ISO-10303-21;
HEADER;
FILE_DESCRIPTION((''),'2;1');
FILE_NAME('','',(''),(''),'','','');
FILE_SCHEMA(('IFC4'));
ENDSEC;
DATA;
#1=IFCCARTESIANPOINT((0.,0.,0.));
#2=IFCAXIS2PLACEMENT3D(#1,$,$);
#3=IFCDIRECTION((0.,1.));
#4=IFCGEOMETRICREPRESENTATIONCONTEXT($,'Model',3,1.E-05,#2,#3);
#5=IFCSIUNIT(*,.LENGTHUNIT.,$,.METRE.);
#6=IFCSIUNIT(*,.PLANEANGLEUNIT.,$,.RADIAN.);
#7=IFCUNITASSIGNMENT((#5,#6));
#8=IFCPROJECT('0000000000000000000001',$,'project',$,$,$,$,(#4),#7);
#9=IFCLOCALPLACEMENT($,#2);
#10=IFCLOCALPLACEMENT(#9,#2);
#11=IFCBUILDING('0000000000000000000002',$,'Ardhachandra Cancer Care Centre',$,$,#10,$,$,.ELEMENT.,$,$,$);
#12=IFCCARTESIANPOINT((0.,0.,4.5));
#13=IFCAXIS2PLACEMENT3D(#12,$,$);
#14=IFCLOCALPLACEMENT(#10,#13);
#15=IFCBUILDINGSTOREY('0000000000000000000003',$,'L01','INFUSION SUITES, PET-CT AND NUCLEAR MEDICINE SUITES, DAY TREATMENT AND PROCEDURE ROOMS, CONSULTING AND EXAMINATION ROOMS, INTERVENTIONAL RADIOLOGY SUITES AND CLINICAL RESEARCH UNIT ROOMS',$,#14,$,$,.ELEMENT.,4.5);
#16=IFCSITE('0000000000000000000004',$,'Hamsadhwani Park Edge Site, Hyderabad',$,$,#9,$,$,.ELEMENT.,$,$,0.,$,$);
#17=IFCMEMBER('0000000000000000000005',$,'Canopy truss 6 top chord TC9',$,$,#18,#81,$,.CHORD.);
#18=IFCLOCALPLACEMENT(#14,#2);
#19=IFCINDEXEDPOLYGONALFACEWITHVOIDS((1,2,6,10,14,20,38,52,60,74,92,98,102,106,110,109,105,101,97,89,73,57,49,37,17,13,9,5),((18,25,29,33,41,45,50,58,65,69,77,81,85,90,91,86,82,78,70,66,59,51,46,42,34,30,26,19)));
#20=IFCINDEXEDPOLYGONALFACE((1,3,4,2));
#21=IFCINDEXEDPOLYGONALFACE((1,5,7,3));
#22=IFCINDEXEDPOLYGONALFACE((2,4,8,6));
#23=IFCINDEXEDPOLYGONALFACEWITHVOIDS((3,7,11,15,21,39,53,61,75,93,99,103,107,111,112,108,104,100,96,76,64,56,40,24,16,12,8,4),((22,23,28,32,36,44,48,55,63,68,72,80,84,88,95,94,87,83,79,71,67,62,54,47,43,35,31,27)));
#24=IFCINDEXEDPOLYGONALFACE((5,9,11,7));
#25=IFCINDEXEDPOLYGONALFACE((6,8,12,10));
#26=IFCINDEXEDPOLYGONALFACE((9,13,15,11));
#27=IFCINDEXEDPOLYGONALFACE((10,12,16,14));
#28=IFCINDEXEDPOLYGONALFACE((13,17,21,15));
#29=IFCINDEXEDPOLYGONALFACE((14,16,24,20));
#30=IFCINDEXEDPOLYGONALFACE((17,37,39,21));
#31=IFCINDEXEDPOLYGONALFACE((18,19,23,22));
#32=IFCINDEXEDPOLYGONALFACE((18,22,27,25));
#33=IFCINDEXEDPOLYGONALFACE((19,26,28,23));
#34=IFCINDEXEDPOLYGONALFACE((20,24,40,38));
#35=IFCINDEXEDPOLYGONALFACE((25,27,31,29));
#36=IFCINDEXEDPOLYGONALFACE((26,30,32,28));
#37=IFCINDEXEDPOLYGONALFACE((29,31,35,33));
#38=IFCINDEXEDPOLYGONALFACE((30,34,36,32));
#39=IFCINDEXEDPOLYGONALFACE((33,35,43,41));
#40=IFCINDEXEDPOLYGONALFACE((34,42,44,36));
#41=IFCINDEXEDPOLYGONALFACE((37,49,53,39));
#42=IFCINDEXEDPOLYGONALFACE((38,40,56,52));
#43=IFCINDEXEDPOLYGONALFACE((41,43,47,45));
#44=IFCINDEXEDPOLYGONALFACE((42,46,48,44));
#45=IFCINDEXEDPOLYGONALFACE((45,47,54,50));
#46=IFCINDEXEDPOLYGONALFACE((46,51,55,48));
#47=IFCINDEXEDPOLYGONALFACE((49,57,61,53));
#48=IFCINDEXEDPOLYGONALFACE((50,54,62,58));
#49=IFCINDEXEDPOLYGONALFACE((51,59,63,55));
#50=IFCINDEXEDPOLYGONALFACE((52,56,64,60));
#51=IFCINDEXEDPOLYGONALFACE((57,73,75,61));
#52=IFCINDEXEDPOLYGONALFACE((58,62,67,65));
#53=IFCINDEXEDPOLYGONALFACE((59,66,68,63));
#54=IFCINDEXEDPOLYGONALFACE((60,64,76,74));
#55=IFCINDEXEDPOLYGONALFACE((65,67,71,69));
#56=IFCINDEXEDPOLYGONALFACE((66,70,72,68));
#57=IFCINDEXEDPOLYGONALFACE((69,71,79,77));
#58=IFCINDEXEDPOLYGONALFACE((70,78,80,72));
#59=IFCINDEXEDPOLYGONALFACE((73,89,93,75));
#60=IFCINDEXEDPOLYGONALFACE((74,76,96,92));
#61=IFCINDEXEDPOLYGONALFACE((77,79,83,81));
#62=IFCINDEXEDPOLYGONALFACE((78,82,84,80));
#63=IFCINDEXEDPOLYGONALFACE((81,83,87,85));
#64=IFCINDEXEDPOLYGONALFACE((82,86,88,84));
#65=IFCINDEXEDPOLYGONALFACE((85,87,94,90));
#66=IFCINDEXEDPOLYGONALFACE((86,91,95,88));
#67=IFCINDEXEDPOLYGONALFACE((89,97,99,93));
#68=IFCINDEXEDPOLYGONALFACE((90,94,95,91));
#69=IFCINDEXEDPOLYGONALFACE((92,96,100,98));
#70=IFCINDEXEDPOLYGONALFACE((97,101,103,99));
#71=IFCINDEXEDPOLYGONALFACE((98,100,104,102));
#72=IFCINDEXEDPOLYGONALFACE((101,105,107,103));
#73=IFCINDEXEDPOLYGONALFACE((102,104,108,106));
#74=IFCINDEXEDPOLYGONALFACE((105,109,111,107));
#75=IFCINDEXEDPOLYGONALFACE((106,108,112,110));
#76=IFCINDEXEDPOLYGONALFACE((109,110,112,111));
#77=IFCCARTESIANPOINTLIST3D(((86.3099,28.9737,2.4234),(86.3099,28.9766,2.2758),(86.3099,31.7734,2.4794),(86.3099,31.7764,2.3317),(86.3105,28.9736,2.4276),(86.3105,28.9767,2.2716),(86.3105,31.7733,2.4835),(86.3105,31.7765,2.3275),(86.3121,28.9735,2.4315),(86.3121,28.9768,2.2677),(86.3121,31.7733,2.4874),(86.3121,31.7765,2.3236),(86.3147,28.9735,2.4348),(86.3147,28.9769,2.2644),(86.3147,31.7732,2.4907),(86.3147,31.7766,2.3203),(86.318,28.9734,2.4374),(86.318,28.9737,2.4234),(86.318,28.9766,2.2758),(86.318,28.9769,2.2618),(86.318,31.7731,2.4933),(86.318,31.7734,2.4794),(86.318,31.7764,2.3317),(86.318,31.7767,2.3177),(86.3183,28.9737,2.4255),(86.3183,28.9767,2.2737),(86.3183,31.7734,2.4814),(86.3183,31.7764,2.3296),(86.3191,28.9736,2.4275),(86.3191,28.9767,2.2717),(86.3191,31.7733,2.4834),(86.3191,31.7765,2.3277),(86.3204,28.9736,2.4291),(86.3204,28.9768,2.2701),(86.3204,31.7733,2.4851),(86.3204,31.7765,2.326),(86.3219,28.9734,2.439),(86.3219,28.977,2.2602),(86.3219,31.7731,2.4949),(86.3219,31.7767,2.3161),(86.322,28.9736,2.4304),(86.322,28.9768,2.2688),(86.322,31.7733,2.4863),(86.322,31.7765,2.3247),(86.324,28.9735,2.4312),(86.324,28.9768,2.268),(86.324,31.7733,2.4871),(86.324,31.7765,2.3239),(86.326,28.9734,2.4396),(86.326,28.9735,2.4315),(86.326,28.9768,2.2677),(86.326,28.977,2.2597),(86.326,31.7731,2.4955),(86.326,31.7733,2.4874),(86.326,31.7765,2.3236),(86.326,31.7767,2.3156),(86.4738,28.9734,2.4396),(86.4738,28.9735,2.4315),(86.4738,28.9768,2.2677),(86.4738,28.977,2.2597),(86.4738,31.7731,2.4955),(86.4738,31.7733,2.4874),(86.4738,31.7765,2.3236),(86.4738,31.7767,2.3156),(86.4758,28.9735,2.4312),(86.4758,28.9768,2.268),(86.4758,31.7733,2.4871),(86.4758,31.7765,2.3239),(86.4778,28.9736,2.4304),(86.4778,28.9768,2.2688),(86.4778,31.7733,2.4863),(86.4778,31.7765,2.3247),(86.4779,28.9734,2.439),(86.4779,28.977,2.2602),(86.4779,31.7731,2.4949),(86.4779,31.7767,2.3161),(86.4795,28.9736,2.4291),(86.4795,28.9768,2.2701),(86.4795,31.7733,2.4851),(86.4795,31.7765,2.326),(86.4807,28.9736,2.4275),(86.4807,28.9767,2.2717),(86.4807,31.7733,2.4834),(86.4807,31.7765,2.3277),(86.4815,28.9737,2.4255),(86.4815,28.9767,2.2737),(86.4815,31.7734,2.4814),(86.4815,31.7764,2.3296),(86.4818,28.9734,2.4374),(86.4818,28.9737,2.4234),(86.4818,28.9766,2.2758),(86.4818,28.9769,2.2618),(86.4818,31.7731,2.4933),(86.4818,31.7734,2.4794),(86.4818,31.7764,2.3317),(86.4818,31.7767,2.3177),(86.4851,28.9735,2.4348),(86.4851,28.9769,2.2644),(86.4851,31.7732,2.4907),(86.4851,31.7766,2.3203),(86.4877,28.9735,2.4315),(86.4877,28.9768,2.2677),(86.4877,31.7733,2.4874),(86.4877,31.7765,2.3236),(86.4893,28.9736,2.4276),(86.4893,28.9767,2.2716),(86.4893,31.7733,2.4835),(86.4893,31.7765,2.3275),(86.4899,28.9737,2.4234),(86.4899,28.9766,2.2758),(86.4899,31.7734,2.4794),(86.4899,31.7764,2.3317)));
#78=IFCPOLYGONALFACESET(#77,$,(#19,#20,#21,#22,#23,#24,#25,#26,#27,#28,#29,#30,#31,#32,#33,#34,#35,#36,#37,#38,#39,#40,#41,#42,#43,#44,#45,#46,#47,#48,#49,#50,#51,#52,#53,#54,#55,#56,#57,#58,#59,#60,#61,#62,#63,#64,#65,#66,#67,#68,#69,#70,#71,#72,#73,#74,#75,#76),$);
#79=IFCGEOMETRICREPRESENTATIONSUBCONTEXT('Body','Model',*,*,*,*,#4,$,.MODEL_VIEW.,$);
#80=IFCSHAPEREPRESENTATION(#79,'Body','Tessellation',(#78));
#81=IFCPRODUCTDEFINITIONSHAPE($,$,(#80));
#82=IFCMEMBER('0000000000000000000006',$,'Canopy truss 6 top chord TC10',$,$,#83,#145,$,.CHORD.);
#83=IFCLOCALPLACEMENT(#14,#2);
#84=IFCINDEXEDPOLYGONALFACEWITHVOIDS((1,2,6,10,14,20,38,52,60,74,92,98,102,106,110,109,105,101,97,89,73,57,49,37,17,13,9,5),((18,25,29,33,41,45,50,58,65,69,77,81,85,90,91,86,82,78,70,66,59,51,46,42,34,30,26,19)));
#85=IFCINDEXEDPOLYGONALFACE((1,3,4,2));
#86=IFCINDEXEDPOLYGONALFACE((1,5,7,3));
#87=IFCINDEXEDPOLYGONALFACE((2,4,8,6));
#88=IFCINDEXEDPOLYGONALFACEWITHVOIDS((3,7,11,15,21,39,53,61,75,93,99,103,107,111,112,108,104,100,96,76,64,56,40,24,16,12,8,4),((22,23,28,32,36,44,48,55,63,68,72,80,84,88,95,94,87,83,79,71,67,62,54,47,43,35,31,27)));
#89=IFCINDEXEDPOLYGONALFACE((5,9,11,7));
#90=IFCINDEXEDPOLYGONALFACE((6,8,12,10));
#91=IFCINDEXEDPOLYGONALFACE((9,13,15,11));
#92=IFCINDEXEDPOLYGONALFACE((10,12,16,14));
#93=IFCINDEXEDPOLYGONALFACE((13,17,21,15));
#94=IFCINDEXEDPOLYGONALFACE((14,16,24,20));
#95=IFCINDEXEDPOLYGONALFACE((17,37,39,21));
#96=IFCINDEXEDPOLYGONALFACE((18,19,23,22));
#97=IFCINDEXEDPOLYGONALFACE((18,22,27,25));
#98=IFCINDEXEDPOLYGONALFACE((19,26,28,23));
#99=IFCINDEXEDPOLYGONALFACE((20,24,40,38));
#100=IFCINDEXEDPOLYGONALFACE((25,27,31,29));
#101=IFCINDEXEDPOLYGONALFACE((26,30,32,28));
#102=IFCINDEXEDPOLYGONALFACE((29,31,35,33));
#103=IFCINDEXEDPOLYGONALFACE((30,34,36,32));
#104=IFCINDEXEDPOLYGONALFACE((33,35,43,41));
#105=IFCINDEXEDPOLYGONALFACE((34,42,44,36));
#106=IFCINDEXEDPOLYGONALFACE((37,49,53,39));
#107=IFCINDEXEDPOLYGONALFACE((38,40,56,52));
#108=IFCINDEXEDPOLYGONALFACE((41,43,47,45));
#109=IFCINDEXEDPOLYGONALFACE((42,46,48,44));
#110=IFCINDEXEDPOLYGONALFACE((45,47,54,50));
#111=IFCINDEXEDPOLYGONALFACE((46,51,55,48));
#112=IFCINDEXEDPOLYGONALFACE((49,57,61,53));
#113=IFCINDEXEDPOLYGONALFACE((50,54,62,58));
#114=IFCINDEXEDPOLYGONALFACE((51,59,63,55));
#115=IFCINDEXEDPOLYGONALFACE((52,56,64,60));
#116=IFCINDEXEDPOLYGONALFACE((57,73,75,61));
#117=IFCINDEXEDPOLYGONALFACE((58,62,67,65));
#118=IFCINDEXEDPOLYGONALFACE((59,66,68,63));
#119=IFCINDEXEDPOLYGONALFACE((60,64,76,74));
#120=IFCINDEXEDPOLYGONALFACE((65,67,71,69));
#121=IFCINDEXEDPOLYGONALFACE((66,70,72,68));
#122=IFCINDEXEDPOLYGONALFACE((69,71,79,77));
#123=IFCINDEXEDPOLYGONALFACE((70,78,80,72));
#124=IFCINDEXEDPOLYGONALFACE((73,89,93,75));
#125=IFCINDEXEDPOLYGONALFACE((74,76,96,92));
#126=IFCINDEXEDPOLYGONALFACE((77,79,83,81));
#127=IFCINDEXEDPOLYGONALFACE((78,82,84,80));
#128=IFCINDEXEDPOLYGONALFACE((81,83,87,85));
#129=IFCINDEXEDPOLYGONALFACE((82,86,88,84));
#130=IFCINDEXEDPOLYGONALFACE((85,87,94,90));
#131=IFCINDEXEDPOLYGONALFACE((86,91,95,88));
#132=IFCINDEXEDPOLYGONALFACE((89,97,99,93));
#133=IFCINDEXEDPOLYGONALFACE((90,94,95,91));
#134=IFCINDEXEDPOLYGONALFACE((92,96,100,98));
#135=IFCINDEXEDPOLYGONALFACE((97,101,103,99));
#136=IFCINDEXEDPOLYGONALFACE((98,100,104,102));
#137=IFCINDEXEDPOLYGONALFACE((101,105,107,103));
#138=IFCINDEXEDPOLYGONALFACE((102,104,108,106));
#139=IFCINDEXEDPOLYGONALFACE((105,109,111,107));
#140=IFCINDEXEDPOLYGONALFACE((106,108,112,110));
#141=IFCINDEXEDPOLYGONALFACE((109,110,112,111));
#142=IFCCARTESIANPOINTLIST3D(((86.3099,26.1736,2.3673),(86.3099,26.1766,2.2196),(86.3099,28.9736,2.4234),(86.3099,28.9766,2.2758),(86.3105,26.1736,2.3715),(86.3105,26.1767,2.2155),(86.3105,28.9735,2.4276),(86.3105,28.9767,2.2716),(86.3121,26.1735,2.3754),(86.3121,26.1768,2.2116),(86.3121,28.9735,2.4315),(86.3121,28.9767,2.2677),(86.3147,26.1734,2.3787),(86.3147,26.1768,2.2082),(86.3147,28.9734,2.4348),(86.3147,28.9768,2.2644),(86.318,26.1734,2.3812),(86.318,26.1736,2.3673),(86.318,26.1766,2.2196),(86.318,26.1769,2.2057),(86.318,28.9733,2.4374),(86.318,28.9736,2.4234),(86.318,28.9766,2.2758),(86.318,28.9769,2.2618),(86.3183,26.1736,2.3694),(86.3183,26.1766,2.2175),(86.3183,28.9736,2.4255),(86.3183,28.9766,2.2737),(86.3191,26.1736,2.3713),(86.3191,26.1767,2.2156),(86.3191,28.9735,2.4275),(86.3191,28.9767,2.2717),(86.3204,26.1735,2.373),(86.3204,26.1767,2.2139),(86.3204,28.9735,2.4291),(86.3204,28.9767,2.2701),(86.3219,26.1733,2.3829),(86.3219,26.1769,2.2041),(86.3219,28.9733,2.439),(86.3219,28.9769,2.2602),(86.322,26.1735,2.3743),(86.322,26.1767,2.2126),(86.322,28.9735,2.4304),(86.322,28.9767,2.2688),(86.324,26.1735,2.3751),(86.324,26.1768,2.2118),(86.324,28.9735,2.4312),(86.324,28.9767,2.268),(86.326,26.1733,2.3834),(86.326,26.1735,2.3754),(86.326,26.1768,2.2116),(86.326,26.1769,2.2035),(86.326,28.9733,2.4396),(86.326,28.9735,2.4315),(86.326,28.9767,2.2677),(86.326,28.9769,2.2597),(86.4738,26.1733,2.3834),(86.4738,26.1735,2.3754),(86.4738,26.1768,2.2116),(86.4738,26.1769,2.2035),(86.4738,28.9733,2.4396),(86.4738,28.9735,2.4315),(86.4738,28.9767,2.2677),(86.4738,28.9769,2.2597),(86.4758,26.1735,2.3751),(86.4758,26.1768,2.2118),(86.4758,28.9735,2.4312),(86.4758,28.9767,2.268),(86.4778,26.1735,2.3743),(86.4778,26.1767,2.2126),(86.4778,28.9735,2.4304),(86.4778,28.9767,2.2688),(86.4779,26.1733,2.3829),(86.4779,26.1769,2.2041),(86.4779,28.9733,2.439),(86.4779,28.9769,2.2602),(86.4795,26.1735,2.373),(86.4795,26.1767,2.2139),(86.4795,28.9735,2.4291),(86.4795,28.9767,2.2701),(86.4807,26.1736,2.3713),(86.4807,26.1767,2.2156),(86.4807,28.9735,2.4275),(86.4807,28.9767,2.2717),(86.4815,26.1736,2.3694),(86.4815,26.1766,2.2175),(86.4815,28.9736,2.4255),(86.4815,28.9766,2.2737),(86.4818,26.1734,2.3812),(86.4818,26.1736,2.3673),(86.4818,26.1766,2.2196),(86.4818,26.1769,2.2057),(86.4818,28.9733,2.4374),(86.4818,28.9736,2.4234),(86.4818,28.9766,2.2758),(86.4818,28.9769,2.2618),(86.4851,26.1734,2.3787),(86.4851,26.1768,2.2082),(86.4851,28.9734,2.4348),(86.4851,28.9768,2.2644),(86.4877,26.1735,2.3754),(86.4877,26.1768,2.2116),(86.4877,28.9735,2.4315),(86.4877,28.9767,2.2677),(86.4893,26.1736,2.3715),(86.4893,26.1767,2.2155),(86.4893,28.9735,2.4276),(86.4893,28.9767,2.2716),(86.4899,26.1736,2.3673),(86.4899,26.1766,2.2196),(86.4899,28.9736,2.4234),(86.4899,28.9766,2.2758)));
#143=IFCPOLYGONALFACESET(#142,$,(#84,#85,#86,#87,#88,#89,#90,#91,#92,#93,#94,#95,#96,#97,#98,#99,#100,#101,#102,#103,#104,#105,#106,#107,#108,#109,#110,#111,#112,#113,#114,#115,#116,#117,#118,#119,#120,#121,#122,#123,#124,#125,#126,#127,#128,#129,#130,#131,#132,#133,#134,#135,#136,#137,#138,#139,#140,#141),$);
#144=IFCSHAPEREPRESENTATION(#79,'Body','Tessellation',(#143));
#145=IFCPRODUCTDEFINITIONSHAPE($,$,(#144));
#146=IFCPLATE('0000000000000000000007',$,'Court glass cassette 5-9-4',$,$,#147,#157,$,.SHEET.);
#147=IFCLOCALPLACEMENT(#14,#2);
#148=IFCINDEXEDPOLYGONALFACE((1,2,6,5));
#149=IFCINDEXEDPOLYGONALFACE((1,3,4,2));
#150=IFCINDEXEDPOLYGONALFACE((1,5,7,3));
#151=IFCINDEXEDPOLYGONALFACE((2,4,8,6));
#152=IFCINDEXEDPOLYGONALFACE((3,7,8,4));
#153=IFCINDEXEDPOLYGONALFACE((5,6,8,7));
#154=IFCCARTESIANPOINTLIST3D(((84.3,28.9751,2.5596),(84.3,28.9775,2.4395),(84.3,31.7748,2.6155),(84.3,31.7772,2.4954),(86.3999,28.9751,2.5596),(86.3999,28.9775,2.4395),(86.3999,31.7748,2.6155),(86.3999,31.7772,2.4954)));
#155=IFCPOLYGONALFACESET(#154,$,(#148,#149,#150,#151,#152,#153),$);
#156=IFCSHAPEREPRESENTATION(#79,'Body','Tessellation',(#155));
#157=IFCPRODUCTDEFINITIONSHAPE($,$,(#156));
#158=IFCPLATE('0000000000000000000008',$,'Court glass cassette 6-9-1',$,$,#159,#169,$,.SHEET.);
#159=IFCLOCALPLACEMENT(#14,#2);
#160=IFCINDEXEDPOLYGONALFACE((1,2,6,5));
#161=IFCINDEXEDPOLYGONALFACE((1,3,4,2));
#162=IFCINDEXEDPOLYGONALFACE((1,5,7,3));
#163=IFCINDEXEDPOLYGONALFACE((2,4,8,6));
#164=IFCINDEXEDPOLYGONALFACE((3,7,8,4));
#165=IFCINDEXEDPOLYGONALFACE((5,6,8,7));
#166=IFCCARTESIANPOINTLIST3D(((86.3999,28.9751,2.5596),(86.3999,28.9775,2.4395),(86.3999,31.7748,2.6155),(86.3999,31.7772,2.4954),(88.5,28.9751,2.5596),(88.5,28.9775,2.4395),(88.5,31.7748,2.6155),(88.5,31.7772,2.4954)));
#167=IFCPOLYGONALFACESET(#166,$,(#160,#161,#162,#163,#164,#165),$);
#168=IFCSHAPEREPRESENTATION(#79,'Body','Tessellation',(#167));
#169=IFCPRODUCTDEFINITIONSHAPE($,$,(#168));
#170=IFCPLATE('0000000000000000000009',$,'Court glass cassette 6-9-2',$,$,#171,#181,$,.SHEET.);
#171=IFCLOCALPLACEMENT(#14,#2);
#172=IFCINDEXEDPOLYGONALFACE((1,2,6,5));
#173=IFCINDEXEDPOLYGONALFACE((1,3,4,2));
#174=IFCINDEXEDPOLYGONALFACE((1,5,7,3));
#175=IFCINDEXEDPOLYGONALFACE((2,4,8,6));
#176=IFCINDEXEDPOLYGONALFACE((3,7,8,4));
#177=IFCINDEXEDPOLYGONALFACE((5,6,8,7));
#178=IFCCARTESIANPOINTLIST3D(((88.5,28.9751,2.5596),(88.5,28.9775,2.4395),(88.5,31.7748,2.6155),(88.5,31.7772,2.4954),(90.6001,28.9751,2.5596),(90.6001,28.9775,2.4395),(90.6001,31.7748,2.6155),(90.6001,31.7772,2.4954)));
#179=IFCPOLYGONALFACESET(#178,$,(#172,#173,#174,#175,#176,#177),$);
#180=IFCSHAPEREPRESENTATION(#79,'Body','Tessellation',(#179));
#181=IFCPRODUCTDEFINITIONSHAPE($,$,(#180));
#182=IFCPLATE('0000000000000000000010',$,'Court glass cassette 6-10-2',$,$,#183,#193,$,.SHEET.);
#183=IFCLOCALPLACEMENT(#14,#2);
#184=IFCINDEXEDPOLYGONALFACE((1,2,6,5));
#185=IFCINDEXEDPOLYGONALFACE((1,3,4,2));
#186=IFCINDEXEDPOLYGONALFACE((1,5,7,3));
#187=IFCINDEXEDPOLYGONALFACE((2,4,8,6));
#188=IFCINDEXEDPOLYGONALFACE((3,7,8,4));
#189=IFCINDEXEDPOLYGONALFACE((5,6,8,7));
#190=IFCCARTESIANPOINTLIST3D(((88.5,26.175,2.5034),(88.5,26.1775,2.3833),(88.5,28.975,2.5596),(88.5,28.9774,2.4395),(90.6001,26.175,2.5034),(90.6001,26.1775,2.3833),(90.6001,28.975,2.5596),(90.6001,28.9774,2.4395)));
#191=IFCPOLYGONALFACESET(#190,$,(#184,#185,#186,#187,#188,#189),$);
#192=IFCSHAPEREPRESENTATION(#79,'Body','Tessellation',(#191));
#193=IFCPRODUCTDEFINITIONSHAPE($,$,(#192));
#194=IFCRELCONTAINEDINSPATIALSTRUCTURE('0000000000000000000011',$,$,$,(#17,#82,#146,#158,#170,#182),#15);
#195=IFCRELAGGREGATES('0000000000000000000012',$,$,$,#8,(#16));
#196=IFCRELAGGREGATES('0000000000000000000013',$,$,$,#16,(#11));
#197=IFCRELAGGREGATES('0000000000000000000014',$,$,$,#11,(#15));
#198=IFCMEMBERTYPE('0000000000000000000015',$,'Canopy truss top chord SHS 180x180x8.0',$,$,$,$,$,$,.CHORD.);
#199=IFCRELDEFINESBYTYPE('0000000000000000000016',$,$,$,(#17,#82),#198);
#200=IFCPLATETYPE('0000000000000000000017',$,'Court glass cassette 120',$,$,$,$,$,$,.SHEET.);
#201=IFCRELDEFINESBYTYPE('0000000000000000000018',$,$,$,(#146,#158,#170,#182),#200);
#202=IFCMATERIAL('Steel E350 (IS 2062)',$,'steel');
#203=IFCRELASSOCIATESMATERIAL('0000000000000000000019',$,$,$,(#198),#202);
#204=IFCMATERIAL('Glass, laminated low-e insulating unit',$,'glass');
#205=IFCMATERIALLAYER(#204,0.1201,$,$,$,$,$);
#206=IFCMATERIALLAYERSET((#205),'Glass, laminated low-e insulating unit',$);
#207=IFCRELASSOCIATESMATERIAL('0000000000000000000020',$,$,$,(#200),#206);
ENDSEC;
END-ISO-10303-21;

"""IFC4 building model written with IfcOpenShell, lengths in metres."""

from ifc_helpers import new_model, si_unit, direction, frame, origin, origin_2d, place, context, subcontext, project, spatial, polyline, hollow_rectangle, outline, extrude, material, layer, layer_set, material_profile, profile_set, type_object, element, save


model = new_model("IFC4")

# Units and contexts
model_context = context("Model", 3, precision=1e-05, world=origin(), true_north=direction((0.0, 1.0)))
body_context = subcontext(model_context, "Body", "Model", "MODEL_VIEW")
ifc_project = project(units=[si_unit("LENGTHUNIT", "METRE"), si_unit("PLANEANGLEUNIT", "RADIAN")], contexts=[model_context])

# Site, building, storey
site_placement = place(None, origin())
site = spatial("IfcSite", under=ifc_project, at=site_placement, Name="Hamsadhwani Park Edge Site, Hyderabad", CompositionType="ELEMENT", RefElevation=0.0)
building_placement = place(site_placement, origin())
building = spatial("IfcBuilding", under=site, at=building_placement, Name="Ardhachandra Cancer Care Centre", CompositionType="ELEMENT")
storey_placement = place(building_placement, frame((0.0, 0.0, 4.5)))
storey = spatial("IfcBuildingStorey", under=building, at=storey_placement, Name="L01", Description="INFUSION SUITES, PET-CT AND NUCLEAR MEDICINE SUITES, DAY TREATMENT AND PROCEDURE ROOMS, CONSULTING AND EXAMINATION ROOMS, INTERVENTIONAL RADIOLOGY SUITES AND CLINICAL RESEARCH UNIT ROOMS", CompositionType="ELEMENT", Elevation=4.5)

# Members
ifc_material_1 = material(Name="Steel E350 (IS 2062)", Category="steel")
ifc_material_profile_1 = material_profile(ifc_material_1, hollow_rectangle(XDim=0.1799, YDim=0.1799, WallThickness=0.0081, InnerFilletRadius=0.0081, OuterFilletRadius=0.0161, at=origin_2d()), Name="SHS 180x180x8.0")
ifc_profile_set_1 = profile_set([ifc_material_profile_1], Name="Steel E350 (IS 2062)")
member_type_1 = type_object("IfcMemberType", Name="Canopy truss top chord SHS 180x180x8.0", PredefinedType="CHORD", material=ifc_profile_set_1)
member_1_placement = place(storey_placement, frame((86.3999, 31.7749, 2.4055), z_axis=(0.0, -0.999801, -0.019965), x_axis=(1.0, 0.0, 0.0)))
element("IfcMember", 1, at=member_1_placement, inside=storey, type_object=member_type_1, Name="Canopy truss 6 top chord TC9", PredefinedType="CHORD", context=body_context, shape_type="SweptSolid", body=[
    extrude(hollow_rectangle(XDim=0.1799, YDim=0.1799, WallThickness=0.0081, InnerFilletRadius=0.0081, OuterFilletRadius=0.0161, at=origin_2d()), origin(), (0.0, 0.0, 1.0), 2.8003),
])
member_2_placement = place(storey_placement, frame((86.3999, 28.9751, 2.3496), z_axis=(0.0, -0.999799, -0.02005), x_axis=(1.0, 0.0, 0.0)))
element("IfcMember", 2, at=member_2_placement, inside=storey, type_object=member_type_1, Name="Canopy truss 6 top chord TC10", PredefinedType="CHORD", context=body_context, shape_type="SweptSolid", body=[
    extrude(hollow_rectangle(XDim=0.1799, YDim=0.1799, WallThickness=0.0081, InnerFilletRadius=0.0081, OuterFilletRadius=0.0161, at=origin_2d()), origin(), (0.0, 0.0, 1.0), 2.8005),
])

# Plates
ifc_material_2 = material(Name="Glass, laminated low-e insulating unit", Category="glass")
ifc_layer = layer(ifc_material_2, 0.1201)
ifc_layer_set = layer_set([ifc_layer], Name="Glass, laminated low-e insulating unit")
plate_type = type_object("IfcPlateType", Name="Court glass cassette 120", PredefinedType="SHEET", material=ifc_layer_set)
plate_1_placement = place(storey_placement, frame((84.3, 28.9751, 2.5596), z_axis=(0.0, -0.019965, 0.999801), x_axis=(0.0, 0.999801, 0.019965)))
element("IfcPlate", 3, at=plate_1_placement, inside=storey, type_object=plate_type, Name="Court glass cassette 5-9-4", PredefinedType="SHEET", context=body_context, shape_type="SweptSolid", body=[
    extrude(outline(polyline([(0.0, -2.0999), (2.8003, -2.0999), (2.8003, 0.0), (0.0, 0.0), (0.0, -2.0999)])), frame((0.0, 0.0, -0.1201)), (0.0, 0.0, 1.0), 0.1201),
])
for number, where, z_axis, x_axis, name in (
    (4, (86.3999, 28.9751, 2.5596), (0.0, -0.019965, 0.999801), (0.0, 0.999801, 0.019965), "Court glass cassette 6-9-1"),
    (5, (88.5, 28.9751, 2.5596), (0.0, -0.019965, 0.999801), (0.0, 0.999801, 0.019965), "Court glass cassette 6-9-2"),
):
    element("IfcPlate", number, at=place(storey_placement, frame(where, z_axis=z_axis, x_axis=x_axis)), inside=storey, type_object=plate_type, Name=name, PredefinedType="SHEET", context=body_context, shape_type="SweptSolid", body=[
        extrude(outline(polyline([(0.0, -2.1001), (2.8003, -2.1001), (2.8003, 0.0), (0.0, 0.0), (0.0, -2.1001)])), frame((0.0, 0.0, -0.1201)), (0.0, 0.0, 1.0), 0.1201),
    ])
plate_2_placement = place(storey_placement, frame((88.5, 26.175, 2.5034), z_axis=(0.0, -0.02005, 0.999799), x_axis=(0.0, 0.999799, 0.02005)))
element("IfcPlate", 6, at=plate_2_placement, inside=storey, type_object=plate_type, Name="Court glass cassette 6-10-2", PredefinedType="SHEET", context=body_context, shape_type="SweptSolid", body=[
    extrude(outline(polyline([(0.0, -2.1001), (2.8005, -2.1001), (2.8005, 0.0), (0.0, 0.0), (0.0, -2.1001)])), frame((0.0, 0.0, -0.1201)), (0.0, 0.0, 1.0), 0.1201),
])

save(model, "model.ifc")
